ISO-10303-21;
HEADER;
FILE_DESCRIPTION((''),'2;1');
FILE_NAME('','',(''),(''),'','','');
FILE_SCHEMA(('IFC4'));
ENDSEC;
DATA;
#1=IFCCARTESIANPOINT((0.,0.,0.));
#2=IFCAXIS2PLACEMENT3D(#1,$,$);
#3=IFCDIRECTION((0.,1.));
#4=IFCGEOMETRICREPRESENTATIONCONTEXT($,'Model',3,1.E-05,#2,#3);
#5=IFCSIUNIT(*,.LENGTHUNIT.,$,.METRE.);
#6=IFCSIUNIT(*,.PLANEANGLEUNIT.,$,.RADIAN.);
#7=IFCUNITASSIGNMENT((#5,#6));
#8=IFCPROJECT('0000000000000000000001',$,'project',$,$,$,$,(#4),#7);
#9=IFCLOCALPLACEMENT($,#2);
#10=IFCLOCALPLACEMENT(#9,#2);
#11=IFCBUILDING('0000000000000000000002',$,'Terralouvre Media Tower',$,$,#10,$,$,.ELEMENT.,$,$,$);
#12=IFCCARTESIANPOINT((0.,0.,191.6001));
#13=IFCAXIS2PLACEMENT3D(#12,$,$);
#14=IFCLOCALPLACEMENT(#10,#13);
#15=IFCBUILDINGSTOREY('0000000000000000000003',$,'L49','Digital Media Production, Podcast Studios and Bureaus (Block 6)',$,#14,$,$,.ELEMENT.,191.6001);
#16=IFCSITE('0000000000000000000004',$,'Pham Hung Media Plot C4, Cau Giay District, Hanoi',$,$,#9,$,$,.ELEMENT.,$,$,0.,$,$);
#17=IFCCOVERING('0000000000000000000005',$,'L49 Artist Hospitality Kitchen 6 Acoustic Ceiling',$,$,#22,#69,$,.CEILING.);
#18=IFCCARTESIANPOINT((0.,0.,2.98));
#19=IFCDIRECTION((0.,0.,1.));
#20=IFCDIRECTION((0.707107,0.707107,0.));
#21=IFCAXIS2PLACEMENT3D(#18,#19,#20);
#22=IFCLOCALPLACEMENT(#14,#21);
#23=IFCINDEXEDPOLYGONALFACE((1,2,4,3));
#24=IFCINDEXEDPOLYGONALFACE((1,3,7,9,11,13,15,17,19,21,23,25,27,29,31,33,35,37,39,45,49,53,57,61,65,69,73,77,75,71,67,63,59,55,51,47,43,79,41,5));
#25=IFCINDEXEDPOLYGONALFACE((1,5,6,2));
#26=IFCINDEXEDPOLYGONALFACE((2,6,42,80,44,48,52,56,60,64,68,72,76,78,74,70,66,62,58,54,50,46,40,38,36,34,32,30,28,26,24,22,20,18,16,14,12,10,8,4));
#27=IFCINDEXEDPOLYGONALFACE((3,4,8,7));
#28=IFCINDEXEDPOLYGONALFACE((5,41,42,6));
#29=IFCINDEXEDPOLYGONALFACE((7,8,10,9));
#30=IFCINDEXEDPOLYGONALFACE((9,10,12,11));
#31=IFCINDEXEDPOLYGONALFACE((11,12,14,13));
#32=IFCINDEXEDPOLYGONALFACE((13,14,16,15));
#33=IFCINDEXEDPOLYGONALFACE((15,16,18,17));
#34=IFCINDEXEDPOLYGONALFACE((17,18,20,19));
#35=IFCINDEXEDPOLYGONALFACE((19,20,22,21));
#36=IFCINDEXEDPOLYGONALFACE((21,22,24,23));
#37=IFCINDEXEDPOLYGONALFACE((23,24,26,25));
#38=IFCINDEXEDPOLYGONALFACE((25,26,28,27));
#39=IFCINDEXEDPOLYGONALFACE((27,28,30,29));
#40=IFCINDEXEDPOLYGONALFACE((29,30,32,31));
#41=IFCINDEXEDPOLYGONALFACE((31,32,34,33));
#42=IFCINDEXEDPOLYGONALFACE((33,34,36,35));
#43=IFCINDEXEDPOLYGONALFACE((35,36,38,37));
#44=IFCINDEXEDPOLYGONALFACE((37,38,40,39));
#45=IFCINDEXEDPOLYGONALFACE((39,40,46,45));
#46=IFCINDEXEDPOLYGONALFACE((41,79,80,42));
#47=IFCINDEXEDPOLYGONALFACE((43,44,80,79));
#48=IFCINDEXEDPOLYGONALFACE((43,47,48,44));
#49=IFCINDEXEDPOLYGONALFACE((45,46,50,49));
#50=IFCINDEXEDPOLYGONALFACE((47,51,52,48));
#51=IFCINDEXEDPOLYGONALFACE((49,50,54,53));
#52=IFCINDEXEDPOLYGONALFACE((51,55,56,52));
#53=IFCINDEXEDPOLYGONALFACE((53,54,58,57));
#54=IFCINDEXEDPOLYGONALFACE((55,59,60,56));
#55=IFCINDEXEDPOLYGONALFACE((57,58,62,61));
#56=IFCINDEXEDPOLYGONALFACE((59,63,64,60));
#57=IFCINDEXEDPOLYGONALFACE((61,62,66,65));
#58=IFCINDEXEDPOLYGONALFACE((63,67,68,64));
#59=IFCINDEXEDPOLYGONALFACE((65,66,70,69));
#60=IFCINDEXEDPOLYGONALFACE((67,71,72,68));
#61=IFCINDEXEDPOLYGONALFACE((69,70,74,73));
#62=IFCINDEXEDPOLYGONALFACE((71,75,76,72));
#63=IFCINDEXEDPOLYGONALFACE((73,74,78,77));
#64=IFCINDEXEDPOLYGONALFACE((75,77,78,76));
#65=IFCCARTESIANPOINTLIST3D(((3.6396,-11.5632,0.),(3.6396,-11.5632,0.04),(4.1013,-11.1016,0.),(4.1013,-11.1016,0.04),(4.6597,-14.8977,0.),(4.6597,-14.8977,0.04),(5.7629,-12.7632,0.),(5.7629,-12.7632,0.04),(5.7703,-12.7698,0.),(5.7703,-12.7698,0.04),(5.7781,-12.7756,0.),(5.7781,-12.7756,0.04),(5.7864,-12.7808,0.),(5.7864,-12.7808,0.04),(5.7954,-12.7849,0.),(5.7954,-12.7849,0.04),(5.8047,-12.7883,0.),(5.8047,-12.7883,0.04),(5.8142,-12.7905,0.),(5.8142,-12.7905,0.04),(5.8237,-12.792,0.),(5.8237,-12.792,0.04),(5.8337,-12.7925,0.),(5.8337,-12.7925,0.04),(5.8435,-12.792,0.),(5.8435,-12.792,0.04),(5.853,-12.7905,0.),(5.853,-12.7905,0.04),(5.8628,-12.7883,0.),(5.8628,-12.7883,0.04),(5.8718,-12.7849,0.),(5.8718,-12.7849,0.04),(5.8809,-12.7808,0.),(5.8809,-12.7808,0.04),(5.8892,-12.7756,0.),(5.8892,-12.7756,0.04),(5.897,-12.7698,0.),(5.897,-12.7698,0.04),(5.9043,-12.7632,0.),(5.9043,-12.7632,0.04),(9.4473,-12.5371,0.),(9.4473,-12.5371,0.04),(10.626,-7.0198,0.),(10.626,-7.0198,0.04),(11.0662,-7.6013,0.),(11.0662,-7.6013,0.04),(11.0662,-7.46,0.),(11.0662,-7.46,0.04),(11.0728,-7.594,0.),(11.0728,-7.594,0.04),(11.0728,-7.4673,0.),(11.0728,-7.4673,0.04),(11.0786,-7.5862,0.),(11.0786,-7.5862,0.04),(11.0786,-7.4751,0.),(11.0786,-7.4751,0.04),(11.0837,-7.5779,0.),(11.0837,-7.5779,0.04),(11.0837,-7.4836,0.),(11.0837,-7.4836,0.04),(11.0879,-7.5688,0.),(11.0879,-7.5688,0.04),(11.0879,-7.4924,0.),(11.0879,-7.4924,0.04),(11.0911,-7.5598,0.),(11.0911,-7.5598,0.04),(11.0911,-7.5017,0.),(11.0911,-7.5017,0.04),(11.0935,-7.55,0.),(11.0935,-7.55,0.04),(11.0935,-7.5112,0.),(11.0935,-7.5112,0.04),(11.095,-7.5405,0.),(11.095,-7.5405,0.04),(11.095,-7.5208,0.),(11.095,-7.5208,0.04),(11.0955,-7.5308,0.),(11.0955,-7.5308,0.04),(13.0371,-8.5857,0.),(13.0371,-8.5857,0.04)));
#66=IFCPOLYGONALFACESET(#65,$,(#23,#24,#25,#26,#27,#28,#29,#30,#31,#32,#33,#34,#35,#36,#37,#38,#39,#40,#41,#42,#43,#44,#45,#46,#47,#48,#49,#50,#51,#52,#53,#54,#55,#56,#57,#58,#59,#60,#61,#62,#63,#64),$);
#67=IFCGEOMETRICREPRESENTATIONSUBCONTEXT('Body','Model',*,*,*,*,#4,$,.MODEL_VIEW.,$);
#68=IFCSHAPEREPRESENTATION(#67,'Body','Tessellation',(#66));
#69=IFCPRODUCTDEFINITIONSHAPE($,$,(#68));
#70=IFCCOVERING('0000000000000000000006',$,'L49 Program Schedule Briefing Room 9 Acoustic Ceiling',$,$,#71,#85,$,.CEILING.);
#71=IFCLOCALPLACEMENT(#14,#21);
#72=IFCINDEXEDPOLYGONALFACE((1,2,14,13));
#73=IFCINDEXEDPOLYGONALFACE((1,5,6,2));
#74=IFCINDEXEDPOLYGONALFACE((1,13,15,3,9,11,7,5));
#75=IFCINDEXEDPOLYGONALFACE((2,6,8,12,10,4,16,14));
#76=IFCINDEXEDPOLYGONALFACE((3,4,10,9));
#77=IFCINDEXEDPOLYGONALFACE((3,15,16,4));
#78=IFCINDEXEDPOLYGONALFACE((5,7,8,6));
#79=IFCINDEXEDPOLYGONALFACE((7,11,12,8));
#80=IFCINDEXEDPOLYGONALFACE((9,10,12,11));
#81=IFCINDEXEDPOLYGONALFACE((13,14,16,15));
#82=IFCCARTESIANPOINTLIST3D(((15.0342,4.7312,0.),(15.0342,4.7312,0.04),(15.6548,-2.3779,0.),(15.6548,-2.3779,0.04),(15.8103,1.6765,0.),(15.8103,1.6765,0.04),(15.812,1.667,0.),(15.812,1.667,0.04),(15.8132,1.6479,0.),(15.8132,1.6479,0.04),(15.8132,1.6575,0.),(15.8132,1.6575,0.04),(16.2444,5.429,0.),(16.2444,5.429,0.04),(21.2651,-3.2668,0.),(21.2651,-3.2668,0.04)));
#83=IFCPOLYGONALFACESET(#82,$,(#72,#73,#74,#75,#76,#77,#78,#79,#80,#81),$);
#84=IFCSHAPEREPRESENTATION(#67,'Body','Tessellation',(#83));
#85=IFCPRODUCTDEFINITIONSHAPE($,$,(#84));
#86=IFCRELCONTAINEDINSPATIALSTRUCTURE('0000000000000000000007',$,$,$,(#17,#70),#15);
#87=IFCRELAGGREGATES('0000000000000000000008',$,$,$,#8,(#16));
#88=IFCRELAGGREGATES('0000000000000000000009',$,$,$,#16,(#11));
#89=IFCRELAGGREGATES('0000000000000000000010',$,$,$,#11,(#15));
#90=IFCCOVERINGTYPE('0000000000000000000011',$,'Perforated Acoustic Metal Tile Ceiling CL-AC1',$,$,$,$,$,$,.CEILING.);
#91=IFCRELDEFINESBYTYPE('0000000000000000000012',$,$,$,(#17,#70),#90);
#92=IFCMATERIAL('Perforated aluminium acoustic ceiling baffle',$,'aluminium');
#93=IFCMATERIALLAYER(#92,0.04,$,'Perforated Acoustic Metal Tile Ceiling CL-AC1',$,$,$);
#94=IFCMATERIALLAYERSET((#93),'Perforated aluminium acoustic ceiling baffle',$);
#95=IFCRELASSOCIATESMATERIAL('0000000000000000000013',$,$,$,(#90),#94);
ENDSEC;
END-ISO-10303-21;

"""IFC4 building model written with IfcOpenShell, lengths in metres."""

from ifc_helpers import new_model, si_unit, direction, frame, origin, place, context, subcontext, project, spatial, polyline, outline, extrude, material, layer, layer_set, type_object, element, save


model = new_model("IFC4")

# Units and contexts
model_context = context("Model", 3, precision=1e-05, world=origin(), true_north=direction((0.0, 1.0)))
body_context = subcontext(model_context, "Body", "Model", "MODEL_VIEW")
ifc_project = project(units=[si_unit("LENGTHUNIT", "METRE"), si_unit("PLANEANGLEUNIT", "RADIAN")], contexts=[model_context])

# Site, building, storey
site_placement = place(None, origin())
site = spatial("IfcSite", under=ifc_project, at=site_placement, Name="Pham Hung Media Plot C4, Cau Giay District, Hanoi", CompositionType="ELEMENT", RefElevation=0.0)
building_placement = place(site_placement, origin())
building = spatial("IfcBuilding", under=site, at=building_placement, Name="Terralouvre Media Tower", CompositionType="ELEMENT")
storey_placement = place(building_placement, frame((0.0, 0.0, 191.6001)))
storey = spatial("IfcBuildingStorey", under=building, at=storey_placement, Name="L49", Description="Digital Media Production, Podcast Studios and Bureaus (Block 6)", CompositionType="ELEMENT", Elevation=191.6001)

# Coverings
ifc_material_1 = material(Name="Perforated aluminium acoustic ceiling baffle", Category="aluminium")
ifc_layer_1 = layer(ifc_material_1, 0.04, Name="Perforated Acoustic Metal Tile Ceiling CL-AC1")
ifc_layer_set_1 = layer_set([ifc_layer_1], Name="Perforated aluminium acoustic ceiling baffle")
covering_type_1 = type_object("IfcCoveringType", Name="Perforated Acoustic Metal Tile Ceiling CL-AC1", PredefinedType="CEILING", material=ifc_layer_set_1)
covering_1_placement = place(storey_placement, frame((0.0, 0.0, 2.98), z_axis=(0.0, 0.0, 1.0), x_axis=(0.707107, 0.707107, 0.0)))
element("IfcCovering", 1, at=covering_1_placement, inside=storey, type_object=covering_type_1, Name="L49 Artist Hospitality Kitchen 6 Acoustic Ceiling", PredefinedType="CEILING", context=body_context, shape_type="SweptSolid", body=[
    extrude(outline(polyline([(9.4473, -12.5371), (13.0371, -8.5857), (10.626, -7.0198), (11.0662, -7.46), (11.0728, -7.4673), (11.0786, -7.4751), (11.0837, -7.4836), (11.0879, -7.4924), (11.0911, -7.5017), (11.0935, -7.5112), (11.095, -7.5208), (11.0955, -7.5308), (11.095, -7.5405), (11.0935, -7.55), (11.0911, -7.5598), (11.0879, -7.5688), (11.0837, -7.5779), (11.0786, -7.5862), (11.0728, -7.594), (11.0662, -7.6013), (5.9043, -12.7632), (5.897, -12.7698), (5.8892, -12.7756), (5.8809, -12.7808), (5.8718, -12.7849), (5.8628, -12.7883), (5.853, -12.7905), (5.8435, -12.792), (5.8337, -12.7925), (5.8237, -12.792), (5.8142, -12.7905), (5.8047, -12.7883), (5.7954, -12.7849), (5.7864, -12.7808), (5.7781, -12.7756), (5.7703, -12.7698), (5.7629, -12.7632), (4.1013, -11.1016), (3.6396, -11.5632), (4.6597, -14.8977), (9.4473, -12.5371)])), origin(), (0.0, 0.0, 1.0), 0.04),
])
covering_2_placement = place(storey_placement, frame((0.0, 0.0, 2.98), z_axis=(0.0, 0.0, 1.0), x_axis=(0.707107, 0.707107, 0.0)))
element("IfcCovering", 2, at=covering_2_placement, inside=storey, type_object=covering_type_1, Name="L49 Program Schedule Briefing Room 9 Acoustic Ceiling", PredefinedType="CEILING", context=body_context, shape_type="SweptSolid", body=[
    extrude(outline(polyline([(15.812, 1.667), (15.8132, 1.6575), (15.8132, 1.6479), (15.6548, -2.3779), (21.2651, -3.2668), (16.2444, 5.429), (15.0342, 4.7312), (15.8103, 1.6765), (15.812, 1.667)])), origin(), (0.0, 0.0, 1.0), 0.04),
])

save(model, "model.ifc")
